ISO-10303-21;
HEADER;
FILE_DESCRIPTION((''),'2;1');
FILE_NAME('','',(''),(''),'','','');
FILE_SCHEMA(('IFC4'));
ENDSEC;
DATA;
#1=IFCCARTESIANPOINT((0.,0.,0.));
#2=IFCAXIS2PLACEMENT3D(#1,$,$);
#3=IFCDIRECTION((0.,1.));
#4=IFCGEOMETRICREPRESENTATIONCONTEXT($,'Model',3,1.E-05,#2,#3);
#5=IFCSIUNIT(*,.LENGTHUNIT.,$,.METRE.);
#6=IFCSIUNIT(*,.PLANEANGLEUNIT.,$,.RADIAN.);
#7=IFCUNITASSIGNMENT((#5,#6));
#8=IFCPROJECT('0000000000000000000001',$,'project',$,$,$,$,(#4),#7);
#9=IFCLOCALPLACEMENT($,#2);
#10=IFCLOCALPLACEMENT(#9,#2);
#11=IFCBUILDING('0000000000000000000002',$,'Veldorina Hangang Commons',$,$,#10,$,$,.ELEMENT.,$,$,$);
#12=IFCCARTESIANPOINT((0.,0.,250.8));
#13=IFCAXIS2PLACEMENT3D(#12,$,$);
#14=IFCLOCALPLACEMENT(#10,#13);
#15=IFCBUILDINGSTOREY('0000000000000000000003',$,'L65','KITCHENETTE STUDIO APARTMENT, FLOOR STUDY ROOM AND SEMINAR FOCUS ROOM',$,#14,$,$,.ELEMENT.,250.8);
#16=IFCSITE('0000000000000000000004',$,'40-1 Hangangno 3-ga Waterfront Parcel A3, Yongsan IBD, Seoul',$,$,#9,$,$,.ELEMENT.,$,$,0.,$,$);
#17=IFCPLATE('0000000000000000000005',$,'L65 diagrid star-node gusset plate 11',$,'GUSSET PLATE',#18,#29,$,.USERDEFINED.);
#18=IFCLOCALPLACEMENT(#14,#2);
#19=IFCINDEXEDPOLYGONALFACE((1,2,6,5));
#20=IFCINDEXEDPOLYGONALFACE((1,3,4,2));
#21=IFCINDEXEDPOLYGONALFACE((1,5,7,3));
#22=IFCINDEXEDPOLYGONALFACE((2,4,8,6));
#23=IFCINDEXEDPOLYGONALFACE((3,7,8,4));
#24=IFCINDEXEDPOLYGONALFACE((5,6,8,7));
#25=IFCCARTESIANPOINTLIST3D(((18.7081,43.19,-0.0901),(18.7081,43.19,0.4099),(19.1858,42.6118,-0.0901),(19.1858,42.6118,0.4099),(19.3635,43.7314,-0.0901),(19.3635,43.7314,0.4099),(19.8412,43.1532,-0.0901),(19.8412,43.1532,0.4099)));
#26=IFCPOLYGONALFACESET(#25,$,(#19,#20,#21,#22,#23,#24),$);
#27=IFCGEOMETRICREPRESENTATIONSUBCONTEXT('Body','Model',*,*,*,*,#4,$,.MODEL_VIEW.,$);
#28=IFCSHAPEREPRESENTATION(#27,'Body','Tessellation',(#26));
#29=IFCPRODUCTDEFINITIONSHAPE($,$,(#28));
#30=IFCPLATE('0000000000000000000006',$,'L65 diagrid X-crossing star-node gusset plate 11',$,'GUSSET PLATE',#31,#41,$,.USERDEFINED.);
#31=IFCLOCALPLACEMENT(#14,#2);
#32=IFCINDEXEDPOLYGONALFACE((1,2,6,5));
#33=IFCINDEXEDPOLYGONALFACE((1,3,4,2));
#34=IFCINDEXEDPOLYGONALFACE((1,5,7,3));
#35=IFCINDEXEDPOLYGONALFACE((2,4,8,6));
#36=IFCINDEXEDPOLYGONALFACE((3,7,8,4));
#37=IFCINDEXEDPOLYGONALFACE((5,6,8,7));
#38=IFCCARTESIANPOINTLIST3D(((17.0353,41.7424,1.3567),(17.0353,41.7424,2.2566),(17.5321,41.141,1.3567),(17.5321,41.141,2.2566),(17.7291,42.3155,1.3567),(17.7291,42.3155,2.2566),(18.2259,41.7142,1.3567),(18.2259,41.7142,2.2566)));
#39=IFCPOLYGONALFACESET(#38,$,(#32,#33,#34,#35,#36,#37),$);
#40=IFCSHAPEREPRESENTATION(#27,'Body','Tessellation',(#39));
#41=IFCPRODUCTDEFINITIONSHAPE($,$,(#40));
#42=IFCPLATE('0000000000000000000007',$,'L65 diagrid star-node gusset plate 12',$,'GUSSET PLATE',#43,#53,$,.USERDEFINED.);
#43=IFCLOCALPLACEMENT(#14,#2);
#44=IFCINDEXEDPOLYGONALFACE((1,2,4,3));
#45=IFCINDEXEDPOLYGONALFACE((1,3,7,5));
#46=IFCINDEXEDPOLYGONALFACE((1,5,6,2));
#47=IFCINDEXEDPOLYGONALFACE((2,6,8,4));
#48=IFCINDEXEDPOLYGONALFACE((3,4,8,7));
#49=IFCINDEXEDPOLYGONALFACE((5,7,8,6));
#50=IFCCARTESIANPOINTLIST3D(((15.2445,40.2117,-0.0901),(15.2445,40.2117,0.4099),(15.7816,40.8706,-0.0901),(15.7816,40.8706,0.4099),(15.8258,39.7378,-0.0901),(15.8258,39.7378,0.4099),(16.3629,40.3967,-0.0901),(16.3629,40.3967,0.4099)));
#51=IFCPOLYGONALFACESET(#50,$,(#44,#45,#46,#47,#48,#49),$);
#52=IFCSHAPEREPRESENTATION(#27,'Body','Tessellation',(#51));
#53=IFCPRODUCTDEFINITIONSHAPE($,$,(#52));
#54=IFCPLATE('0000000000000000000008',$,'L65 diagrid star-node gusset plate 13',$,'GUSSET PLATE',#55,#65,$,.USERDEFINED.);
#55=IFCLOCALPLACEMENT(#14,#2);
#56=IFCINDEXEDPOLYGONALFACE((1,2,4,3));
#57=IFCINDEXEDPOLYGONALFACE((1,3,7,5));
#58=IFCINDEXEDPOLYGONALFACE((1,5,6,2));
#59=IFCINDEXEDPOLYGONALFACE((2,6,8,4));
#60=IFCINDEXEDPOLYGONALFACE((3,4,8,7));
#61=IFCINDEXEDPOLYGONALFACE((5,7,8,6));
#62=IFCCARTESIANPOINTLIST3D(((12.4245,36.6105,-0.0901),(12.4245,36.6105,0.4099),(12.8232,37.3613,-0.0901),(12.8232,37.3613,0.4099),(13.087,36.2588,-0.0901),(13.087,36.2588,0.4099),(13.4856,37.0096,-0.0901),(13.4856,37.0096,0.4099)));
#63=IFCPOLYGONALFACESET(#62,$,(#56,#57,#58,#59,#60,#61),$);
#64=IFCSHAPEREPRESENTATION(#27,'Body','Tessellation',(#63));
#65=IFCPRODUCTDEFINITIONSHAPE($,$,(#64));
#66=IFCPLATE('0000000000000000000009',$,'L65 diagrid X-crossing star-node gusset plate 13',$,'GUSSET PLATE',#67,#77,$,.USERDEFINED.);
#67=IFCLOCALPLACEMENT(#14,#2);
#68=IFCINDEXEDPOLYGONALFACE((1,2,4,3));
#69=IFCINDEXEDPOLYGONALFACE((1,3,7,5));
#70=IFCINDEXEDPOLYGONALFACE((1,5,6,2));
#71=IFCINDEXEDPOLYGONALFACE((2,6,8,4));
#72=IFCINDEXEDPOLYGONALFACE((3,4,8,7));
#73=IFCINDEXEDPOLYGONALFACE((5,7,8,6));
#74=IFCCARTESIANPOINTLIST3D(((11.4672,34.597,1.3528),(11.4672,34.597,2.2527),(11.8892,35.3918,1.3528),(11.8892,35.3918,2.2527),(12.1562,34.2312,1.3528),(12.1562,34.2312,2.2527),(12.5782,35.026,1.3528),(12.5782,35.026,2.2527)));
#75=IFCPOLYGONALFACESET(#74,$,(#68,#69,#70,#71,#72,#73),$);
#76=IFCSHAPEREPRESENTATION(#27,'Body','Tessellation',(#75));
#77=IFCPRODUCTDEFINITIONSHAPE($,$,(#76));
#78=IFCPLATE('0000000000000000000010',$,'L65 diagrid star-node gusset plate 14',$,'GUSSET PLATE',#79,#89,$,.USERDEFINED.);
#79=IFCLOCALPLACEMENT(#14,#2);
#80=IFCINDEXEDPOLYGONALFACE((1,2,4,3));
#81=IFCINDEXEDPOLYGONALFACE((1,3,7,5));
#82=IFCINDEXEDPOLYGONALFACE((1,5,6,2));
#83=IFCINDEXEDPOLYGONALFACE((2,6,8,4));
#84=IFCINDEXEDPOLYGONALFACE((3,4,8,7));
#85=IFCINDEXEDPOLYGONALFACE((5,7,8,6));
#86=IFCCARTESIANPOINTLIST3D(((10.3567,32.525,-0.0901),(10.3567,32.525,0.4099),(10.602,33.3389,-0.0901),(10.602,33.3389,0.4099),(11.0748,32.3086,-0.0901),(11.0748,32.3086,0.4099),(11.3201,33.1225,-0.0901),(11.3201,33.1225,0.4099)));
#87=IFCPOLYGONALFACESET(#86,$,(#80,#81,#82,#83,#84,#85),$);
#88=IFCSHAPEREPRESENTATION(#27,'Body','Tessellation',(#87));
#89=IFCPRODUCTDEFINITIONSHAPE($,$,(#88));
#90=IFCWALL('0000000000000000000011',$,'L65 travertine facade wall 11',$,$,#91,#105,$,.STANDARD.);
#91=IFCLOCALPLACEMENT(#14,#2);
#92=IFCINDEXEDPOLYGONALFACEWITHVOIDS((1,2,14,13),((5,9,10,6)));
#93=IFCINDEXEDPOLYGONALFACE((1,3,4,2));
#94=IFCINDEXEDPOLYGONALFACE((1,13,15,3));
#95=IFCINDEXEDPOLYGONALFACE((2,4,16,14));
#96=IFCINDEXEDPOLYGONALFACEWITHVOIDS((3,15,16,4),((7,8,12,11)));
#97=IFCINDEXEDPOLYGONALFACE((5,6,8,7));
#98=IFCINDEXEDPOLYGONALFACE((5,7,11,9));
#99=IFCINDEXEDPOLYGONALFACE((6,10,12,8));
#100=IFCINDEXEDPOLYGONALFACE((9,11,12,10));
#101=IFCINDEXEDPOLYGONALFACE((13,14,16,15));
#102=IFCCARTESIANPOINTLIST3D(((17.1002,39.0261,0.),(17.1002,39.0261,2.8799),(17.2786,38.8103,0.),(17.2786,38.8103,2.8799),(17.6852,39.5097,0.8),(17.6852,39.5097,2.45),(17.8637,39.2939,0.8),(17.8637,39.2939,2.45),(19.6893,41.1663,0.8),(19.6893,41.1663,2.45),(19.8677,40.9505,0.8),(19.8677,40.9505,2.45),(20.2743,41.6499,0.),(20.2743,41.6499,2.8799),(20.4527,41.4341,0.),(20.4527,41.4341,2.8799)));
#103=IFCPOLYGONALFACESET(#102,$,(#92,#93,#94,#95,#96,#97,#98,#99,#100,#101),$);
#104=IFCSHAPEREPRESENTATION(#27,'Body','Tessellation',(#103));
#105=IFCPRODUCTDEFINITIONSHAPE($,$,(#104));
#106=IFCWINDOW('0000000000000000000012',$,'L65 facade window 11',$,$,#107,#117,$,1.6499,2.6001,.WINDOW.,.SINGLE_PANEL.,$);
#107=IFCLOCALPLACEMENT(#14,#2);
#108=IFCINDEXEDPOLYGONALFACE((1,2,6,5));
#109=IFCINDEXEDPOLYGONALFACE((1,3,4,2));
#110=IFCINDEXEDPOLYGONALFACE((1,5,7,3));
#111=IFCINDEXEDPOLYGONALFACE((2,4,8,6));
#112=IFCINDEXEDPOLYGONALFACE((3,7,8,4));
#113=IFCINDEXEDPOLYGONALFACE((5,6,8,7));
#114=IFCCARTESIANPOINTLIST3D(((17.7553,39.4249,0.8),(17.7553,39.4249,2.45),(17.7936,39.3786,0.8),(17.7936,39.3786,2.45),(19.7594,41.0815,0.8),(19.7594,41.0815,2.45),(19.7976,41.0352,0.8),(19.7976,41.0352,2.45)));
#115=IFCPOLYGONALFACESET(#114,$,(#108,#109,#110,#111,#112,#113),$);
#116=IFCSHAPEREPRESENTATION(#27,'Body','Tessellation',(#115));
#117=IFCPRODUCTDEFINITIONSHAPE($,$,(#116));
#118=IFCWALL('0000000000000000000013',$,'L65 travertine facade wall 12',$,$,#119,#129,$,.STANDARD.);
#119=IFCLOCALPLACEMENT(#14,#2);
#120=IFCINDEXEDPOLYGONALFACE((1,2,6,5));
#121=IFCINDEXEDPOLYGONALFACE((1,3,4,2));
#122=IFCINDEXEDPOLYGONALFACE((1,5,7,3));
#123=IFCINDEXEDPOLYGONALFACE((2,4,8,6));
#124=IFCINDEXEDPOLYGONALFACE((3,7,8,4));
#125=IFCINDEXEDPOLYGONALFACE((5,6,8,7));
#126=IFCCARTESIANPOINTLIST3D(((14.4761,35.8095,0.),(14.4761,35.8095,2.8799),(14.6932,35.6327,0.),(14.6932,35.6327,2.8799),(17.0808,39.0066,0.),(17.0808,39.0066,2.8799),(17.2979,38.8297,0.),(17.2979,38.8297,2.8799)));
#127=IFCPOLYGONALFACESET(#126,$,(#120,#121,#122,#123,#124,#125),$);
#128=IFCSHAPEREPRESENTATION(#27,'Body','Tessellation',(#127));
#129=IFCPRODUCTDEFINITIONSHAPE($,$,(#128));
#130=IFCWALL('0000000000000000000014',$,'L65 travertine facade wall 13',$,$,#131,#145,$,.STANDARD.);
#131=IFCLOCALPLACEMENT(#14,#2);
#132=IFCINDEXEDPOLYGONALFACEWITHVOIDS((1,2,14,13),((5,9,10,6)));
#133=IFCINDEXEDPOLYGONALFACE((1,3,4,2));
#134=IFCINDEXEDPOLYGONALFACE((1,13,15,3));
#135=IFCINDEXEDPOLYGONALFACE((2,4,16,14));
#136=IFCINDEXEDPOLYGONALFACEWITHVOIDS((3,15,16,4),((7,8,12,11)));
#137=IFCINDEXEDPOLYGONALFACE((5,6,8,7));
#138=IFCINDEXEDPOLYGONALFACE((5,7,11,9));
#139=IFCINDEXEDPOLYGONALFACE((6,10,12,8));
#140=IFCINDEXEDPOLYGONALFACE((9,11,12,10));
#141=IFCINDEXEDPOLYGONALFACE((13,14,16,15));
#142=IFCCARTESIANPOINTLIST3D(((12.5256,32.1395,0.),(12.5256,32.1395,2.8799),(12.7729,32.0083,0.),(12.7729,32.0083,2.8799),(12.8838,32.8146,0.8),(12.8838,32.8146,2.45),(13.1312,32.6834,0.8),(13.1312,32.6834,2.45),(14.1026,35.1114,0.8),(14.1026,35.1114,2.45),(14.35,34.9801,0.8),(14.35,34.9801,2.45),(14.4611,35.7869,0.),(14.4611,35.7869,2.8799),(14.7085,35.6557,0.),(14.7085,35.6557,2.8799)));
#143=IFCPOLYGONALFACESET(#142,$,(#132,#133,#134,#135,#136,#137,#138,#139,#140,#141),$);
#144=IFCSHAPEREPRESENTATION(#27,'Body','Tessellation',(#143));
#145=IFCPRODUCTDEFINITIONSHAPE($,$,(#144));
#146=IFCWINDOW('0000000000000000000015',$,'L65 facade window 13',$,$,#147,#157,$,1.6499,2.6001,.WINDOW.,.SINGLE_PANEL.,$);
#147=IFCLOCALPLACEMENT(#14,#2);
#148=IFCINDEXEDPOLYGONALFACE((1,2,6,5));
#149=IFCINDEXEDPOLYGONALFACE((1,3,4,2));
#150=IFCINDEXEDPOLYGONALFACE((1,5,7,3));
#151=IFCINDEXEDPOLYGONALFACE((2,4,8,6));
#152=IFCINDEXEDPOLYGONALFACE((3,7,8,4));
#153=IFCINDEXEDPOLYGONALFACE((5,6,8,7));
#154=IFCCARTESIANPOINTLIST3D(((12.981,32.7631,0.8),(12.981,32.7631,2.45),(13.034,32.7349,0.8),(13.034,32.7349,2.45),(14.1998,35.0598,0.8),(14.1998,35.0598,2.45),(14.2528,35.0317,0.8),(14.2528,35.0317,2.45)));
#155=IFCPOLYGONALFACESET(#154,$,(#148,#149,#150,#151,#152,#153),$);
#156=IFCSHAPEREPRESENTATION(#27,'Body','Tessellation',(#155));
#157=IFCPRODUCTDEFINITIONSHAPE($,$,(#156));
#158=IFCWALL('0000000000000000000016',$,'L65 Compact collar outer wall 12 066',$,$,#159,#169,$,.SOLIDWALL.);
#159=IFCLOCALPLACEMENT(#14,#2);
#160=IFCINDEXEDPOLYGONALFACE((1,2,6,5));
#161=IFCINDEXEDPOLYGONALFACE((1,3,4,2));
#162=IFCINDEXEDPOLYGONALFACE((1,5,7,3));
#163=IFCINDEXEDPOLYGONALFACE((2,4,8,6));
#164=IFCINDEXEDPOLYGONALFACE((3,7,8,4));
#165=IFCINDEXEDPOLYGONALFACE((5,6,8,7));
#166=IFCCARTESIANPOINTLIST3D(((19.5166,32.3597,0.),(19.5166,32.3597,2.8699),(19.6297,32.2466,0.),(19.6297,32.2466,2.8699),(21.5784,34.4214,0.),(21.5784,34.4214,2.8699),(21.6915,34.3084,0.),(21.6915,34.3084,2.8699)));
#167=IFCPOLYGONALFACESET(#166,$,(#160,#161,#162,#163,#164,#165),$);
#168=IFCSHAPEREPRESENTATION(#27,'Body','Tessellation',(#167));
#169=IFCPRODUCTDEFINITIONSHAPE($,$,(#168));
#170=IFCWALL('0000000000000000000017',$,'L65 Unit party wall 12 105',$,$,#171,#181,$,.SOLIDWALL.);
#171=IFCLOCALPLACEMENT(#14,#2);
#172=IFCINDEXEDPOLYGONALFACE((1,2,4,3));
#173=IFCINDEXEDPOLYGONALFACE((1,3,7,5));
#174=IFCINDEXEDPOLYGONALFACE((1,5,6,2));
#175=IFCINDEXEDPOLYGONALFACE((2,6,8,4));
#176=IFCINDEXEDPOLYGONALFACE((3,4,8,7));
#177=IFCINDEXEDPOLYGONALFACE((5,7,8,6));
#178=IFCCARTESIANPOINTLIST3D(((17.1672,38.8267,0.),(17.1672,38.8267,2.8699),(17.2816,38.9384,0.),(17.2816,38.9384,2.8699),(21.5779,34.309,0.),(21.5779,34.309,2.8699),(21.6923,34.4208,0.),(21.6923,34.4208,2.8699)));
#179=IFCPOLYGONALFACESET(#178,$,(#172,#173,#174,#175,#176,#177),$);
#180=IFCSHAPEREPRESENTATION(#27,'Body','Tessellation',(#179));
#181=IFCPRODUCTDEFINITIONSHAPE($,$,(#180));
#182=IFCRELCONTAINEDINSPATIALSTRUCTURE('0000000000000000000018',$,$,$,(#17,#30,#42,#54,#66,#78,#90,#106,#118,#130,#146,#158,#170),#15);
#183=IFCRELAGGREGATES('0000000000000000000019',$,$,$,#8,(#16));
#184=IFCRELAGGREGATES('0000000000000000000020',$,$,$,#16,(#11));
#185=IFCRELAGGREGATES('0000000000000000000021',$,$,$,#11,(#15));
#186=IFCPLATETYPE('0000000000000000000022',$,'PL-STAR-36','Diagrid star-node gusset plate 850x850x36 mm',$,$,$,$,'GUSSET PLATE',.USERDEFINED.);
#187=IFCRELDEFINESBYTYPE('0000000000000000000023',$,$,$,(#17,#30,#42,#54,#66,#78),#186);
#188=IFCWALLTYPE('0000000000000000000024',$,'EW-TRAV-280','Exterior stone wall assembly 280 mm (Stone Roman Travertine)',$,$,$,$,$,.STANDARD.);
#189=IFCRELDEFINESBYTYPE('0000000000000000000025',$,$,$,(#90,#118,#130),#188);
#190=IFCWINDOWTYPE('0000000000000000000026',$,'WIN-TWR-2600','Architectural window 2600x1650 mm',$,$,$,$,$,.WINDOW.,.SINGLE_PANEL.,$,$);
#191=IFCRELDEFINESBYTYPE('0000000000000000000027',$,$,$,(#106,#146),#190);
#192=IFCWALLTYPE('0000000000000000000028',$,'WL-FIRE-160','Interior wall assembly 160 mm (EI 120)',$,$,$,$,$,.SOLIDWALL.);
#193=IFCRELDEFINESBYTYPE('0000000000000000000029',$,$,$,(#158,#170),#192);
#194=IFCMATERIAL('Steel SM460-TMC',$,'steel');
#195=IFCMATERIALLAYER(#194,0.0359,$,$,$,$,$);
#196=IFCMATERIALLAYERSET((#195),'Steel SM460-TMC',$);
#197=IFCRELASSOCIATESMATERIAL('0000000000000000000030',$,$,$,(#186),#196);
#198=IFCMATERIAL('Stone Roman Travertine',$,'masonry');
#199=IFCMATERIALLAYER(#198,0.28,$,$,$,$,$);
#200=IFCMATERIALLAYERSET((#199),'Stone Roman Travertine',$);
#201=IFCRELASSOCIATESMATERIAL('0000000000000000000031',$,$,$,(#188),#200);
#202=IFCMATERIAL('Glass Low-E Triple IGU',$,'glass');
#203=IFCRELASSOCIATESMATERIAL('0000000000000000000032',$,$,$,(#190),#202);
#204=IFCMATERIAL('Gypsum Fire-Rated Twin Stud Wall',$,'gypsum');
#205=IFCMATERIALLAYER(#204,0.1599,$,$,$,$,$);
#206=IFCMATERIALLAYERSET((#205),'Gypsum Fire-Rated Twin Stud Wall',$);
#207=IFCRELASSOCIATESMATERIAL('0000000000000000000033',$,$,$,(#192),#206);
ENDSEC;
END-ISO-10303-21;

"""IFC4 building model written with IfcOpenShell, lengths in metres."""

from ifc_helpers import new_model, si_unit, direction, frame, frame_2d, origin, origin_2d, place, context, subcontext, project, spatial, rectangle, extrude, material, layer, layer_set, type_object, element, fill, save


model = new_model("IFC4")

# Units and contexts
model_context = context("Model", 3, precision=1e-05, world=origin(), true_north=direction((0.0, 1.0)))
body_context = subcontext(model_context, "Body", "Model", "MODEL_VIEW")
ifc_project = project(units=[si_unit("LENGTHUNIT", "METRE"), si_unit("PLANEANGLEUNIT", "RADIAN")], contexts=[model_context])

# Site, building, storey
site_placement = place(None, origin())
site = spatial("IfcSite", under=ifc_project, at=site_placement, Name="40-1 Hangangno 3-ga Waterfront Parcel A3, Yongsan IBD, Seoul", CompositionType="ELEMENT", RefElevation=0.0)
building_placement = place(site_placement, origin())
building = spatial("IfcBuilding", under=site, at=building_placement, Name="Veldorina Hangang Commons", CompositionType="ELEMENT")
storey_placement = place(building_placement, frame((0.0, 0.0, 250.8)))
storey = spatial("IfcBuildingStorey", under=building, at=storey_placement, Name="L65", Description="KITCHENETTE STUDIO APARTMENT, FLOOR STUDY ROOM AND SEMINAR FOCUS ROOM", CompositionType="ELEMENT", Elevation=250.8)

# Plates
ifc_material_1 = material(Name="Steel SM460-TMC", Category="steel")
ifc_layer_1 = layer(ifc_material_1, 0.0359)
ifc_layer_set_1 = layer_set([ifc_layer_1], Name="Steel SM460-TMC")
plate_type = type_object("IfcPlateType", Name="PL-STAR-36", Description="Diagrid star-node gusset plate 850x850x36 mm", ElementType="GUSSET PLATE", PredefinedType="USERDEFINED", material=ifc_layer_set_1)
plate_1_placement = place(storey_placement, frame((19.2747, 43.1716, -0.0901), z_axis=(0.0, 0.0, 1.0), x_axis=(-0.770947, -0.636899, 0.0)))
element("IfcPlate", 1, at=plate_1_placement, inside=storey, type_object=plate_type, Name="L65 diagrid star-node gusset plate 11", ObjectType="GUSSET PLATE", PredefinedType="USERDEFINED", context=body_context, shape_type="SweptSolid", body=[
    extrude(rectangle(XDim=0.8501, YDim=0.75, at=origin_2d()), origin(), (0.0, 0.0, 1.0), 0.5),
])
plate_2_placement = place(storey_placement, frame((17.6306, 41.7283, 1.3567), z_axis=(0.0, 0.0, 1.0), x_axis=(-0.770947, -0.636899, 0.0)))
element("IfcPlate", 2, at=plate_2_placement, inside=storey, type_object=plate_type, Name="L65 diagrid X-crossing star-node gusset plate 11", ObjectType="GUSSET PLATE", PredefinedType="USERDEFINED", context=body_context, shape_type="SweptSolid", body=[
    extrude(rectangle(XDim=0.8999, YDim=0.78, at=origin_2d()), origin(), (0.0, 0.0, 1.0), 0.8999),
])
for number, where, z_axis, x_axis, name in (
    (3, (15.8037, 40.3042, -0.0901), (0.0, 0.0, 1.0), (-0.631881, -0.775066, 0.0), "L65 diagrid star-node gusset plate 12"),
    (4, (12.9551, 36.8101, -0.0901), (0.0, 0.0, 1.0), (-0.468963, -0.883218, 0.0), "L65 diagrid star-node gusset plate 13"),
):
    element("IfcPlate", number, at=place(storey_placement, frame(where, z_axis=z_axis, x_axis=x_axis)), inside=storey, type_object=plate_type, Name=name, ObjectType="GUSSET PLATE", PredefinedType="USERDEFINED", context=body_context, shape_type="SweptSolid", body=[
        extrude(rectangle(XDim=0.8501, YDim=0.75, at=origin_2d()), origin(), (0.0, 0.0, 1.0), 0.5),
    ])
plate_3_placement = place(storey_placement, frame((12.0227, 34.8115, 1.3528), z_axis=(0.0, 0.0, 1.0), x_axis=(-0.468963, -0.883218, 0.0)))
element("IfcPlate", 5, at=plate_3_placement, inside=storey, type_object=plate_type, Name="L65 diagrid X-crossing star-node gusset plate 13", ObjectType="GUSSET PLATE", PredefinedType="USERDEFINED", context=body_context, shape_type="SweptSolid", body=[
    extrude(rectangle(XDim=0.8999, YDim=0.78, at=origin_2d()), origin(), (0.0, 0.0, 1.0), 0.8999),
])
plate_4_placement = place(storey_placement, frame((10.8384, 32.8237, -0.0901), z_axis=(0.0, 0.0, 1.0), x_axis=(-0.288531, -0.957471, 0.0)))
element("IfcPlate", 6, at=plate_4_placement, inside=storey, type_object=plate_type, Name="L65 diagrid star-node gusset plate 14", ObjectType="GUSSET PLATE", PredefinedType="USERDEFINED", context=body_context, shape_type="SweptSolid", body=[
    extrude(rectangle(XDim=0.8501, YDim=0.75, at=origin_2d()), origin(), (0.0, 0.0, 1.0), 0.5),
])

# Wall, opening, window
ifc_material_2 = material(Name="Stone Roman Travertine", Category="masonry")
ifc_layer_2 = layer(ifc_material_2, 0.28)
ifc_layer_set_2 = layer_set([ifc_layer_2], Name="Stone Roman Travertine")
wall_type_1 = type_object("IfcWallType", Name="EW-TRAV-280", Description="Exterior stone wall assembly 280 mm (Stone Roman Travertine)", PredefinedType="STANDARD", material=ifc_layer_set_2)
wall_1_placement = place(storey_placement, frame((20.3635, 41.542, 0.0), z_axis=(0.0, 0.0, 1.0), x_axis=(-0.770757, -0.63713, 0.0)))
wall_1 = element("IfcWall", 7, at=wall_1_placement, inside=storey, type_object=wall_type_1, Name="L65 travertine facade wall 11", PredefinedType="STANDARD", context=body_context, shape_type="SweptSolid", body=[
    extrude(rectangle(XDim=4.1182, YDim=0.28, at=frame_2d((2.0591, 0.0))), origin(), (0.0, 0.0, 1.0), 2.8799),
])
opening_1_placement = place(wall_1_placement, frame((0.759, 0.0, 0.8)))
opening_1 = element("IfcOpeningElement", 8, at=opening_1_placement, cuts=wall_1, PredefinedType="OPENING", context=body_context, shape_type="SweptSolid", body=[
    extrude(rectangle(XDim=2.6001, YDim=1.6499, at=frame_2d((1.3, 0.825))), frame((0.0, 0.1499, 0.0), z_axis=(0.0, -1.0, 0.0), x_axis=(1.0, 0.0, 0.0)), (0.0, 0.0, 1.0), 0.3),
])
ifc_material_3 = material(Name="Glass Low-E Triple IGU", Category="glass")
window_type = type_object("IfcWindowType", Name="WIN-TWR-2600", Description="Architectural window 2600x1650 mm", PartitioningType="SINGLE_PANEL", PredefinedType="WINDOW", material=ifc_material_3)
window_1_placement = place(opening_1_placement, origin())
window_1 = element("IfcWindow", 9, at=window_1_placement, inside=storey, type_object=window_type, Name="L65 facade window 11", OverallHeight=1.6499, OverallWidth=2.6001, PartitioningType="SINGLE_PANEL", PredefinedType="WINDOW", context=body_context, shape_type="SweptSolid", body=[
    extrude(rectangle(XDim=2.6001, YDim=1.6499, at=frame_2d((1.3, 0.825))), frame((0.0, 0.03, 0.0), z_axis=(0.0, -1.0, 0.0), x_axis=(1.0, 0.0, 0.0)), (0.0, 0.0, 1.0), 0.0601),
])
fill(opening_1, window_1)

# Wall
wall_2_placement = place(storey_placement, frame((17.1895, 38.9182, 0.0), z_axis=(0.0, 0.0, 1.0), x_axis=(-0.631637, -0.775264, 0.0)))
element("IfcWall", 10, at=wall_2_placement, inside=storey, type_object=wall_type_1, Name="L65 travertine facade wall 12", PredefinedType="STANDARD", context=body_context, shape_type="SweptSolid", body=[
    extrude(rectangle(XDim=4.1238, YDim=0.28, at=frame_2d((2.062, 0.0))), origin(), (0.0, 0.0, 1.0), 2.8799),
])

# Wall, opening, window
wall_3_placement = place(storey_placement, frame((14.5847, 35.7212, 0.0), z_axis=(0.0, 0.0, 1.0), x_axis=(-0.468746, -0.883333, 0.0)))
wall_3 = element("IfcWall", 11, at=wall_3_placement, inside=storey, type_object=wall_type_1, Name="L65 travertine facade wall 13", PredefinedType="STANDARD", context=body_context, shape_type="SweptSolid", body=[
    extrude(rectangle(XDim=4.1292, YDim=0.28, at=frame_2d((2.0645, 0.0))), origin(), (0.0, 0.0, 1.0), 2.8799),
])
opening_2_placement = place(wall_3_placement, frame((0.7646, 0.0, 0.8)))
opening_2 = element("IfcOpeningElement", 12, at=opening_2_placement, cuts=wall_3, PredefinedType="OPENING", context=body_context, shape_type="SweptSolid", body=[
    extrude(rectangle(XDim=2.6001, YDim=1.6499, at=frame_2d((1.3, 0.825))), frame((0.0, 0.1499, 0.0), z_axis=(0.0, -1.0, 0.0), x_axis=(1.0, 0.0, 0.0)), (0.0, 0.0, 1.0), 0.3),
])
window_2_placement = place(opening_2_placement, origin())
window_2 = element("IfcWindow", 13, at=window_2_placement, inside=storey, type_object=window_type, Name="L65 facade window 13", OverallHeight=1.6499, OverallWidth=2.6001, PartitioningType="SINGLE_PANEL", PredefinedType="WINDOW", context=body_context, shape_type="SweptSolid", body=[
    extrude(rectangle(XDim=2.6001, YDim=1.6499, at=frame_2d((1.3, 0.825))), frame((0.0, 0.03, 0.0), z_axis=(0.0, -1.0, 0.0), x_axis=(1.0, 0.0, 0.0)), (0.0, 0.0, 1.0), 0.0601),
])
fill(opening_2, window_2)

# Walls
ifc_material_4 = material(Name="Gypsum Fire-Rated Twin Stud Wall", Category="gypsum")
ifc_layer_3 = layer(ifc_material_4, 0.1599)
ifc_layer_set_3 = layer_set([ifc_layer_3], Name="Gypsum Fire-Rated Twin Stud Wall")
wall_type_2 = type_object("IfcWallType", Name="WL-FIRE-160", Description="Interior wall assembly 160 mm (EI 120)", PredefinedType="SOLIDWALL", material=ifc_layer_set_3)
wall_4_placement = place(storey_placement, frame((21.635, 34.365, 0.0), z_axis=(0.0, 0.0, 1.0), x_axis=(-0.707107, -0.707107, 0.0)))
element("IfcWall", 14, at=wall_4_placement, inside=storey, type_object=wall_type_2, Name="L65 Compact collar outer wall 12 066", PredefinedType="SOLIDWALL", context=body_context, shape_type="SweptSolid", body=[
    extrude(rectangle(XDim=2.9158, YDim=0.1599, at=frame_2d((1.458, 0.0))), origin(), (0.0, 0.0, 1.0), 2.8699),
])
wall_5_placement = place(storey_placement, frame((21.635, 34.365, 0.0), z_axis=(0.0, 0.0, 1.0), x_axis=(-0.698588, 0.715525, 0.0)))
element("IfcWall", 15, at=wall_5_placement, inside=storey, type_object=wall_type_2, Name="L65 Unit party wall 12 105", PredefinedType="SOLIDWALL", context=body_context, shape_type="SweptSolid", body=[
    extrude(rectangle(XDim=6.3137, YDim=0.1599, at=frame_2d((3.1567, 0.0))), origin(), (0.0, 0.0, 1.0), 2.8699),
])

save(model, "model.ifc")
